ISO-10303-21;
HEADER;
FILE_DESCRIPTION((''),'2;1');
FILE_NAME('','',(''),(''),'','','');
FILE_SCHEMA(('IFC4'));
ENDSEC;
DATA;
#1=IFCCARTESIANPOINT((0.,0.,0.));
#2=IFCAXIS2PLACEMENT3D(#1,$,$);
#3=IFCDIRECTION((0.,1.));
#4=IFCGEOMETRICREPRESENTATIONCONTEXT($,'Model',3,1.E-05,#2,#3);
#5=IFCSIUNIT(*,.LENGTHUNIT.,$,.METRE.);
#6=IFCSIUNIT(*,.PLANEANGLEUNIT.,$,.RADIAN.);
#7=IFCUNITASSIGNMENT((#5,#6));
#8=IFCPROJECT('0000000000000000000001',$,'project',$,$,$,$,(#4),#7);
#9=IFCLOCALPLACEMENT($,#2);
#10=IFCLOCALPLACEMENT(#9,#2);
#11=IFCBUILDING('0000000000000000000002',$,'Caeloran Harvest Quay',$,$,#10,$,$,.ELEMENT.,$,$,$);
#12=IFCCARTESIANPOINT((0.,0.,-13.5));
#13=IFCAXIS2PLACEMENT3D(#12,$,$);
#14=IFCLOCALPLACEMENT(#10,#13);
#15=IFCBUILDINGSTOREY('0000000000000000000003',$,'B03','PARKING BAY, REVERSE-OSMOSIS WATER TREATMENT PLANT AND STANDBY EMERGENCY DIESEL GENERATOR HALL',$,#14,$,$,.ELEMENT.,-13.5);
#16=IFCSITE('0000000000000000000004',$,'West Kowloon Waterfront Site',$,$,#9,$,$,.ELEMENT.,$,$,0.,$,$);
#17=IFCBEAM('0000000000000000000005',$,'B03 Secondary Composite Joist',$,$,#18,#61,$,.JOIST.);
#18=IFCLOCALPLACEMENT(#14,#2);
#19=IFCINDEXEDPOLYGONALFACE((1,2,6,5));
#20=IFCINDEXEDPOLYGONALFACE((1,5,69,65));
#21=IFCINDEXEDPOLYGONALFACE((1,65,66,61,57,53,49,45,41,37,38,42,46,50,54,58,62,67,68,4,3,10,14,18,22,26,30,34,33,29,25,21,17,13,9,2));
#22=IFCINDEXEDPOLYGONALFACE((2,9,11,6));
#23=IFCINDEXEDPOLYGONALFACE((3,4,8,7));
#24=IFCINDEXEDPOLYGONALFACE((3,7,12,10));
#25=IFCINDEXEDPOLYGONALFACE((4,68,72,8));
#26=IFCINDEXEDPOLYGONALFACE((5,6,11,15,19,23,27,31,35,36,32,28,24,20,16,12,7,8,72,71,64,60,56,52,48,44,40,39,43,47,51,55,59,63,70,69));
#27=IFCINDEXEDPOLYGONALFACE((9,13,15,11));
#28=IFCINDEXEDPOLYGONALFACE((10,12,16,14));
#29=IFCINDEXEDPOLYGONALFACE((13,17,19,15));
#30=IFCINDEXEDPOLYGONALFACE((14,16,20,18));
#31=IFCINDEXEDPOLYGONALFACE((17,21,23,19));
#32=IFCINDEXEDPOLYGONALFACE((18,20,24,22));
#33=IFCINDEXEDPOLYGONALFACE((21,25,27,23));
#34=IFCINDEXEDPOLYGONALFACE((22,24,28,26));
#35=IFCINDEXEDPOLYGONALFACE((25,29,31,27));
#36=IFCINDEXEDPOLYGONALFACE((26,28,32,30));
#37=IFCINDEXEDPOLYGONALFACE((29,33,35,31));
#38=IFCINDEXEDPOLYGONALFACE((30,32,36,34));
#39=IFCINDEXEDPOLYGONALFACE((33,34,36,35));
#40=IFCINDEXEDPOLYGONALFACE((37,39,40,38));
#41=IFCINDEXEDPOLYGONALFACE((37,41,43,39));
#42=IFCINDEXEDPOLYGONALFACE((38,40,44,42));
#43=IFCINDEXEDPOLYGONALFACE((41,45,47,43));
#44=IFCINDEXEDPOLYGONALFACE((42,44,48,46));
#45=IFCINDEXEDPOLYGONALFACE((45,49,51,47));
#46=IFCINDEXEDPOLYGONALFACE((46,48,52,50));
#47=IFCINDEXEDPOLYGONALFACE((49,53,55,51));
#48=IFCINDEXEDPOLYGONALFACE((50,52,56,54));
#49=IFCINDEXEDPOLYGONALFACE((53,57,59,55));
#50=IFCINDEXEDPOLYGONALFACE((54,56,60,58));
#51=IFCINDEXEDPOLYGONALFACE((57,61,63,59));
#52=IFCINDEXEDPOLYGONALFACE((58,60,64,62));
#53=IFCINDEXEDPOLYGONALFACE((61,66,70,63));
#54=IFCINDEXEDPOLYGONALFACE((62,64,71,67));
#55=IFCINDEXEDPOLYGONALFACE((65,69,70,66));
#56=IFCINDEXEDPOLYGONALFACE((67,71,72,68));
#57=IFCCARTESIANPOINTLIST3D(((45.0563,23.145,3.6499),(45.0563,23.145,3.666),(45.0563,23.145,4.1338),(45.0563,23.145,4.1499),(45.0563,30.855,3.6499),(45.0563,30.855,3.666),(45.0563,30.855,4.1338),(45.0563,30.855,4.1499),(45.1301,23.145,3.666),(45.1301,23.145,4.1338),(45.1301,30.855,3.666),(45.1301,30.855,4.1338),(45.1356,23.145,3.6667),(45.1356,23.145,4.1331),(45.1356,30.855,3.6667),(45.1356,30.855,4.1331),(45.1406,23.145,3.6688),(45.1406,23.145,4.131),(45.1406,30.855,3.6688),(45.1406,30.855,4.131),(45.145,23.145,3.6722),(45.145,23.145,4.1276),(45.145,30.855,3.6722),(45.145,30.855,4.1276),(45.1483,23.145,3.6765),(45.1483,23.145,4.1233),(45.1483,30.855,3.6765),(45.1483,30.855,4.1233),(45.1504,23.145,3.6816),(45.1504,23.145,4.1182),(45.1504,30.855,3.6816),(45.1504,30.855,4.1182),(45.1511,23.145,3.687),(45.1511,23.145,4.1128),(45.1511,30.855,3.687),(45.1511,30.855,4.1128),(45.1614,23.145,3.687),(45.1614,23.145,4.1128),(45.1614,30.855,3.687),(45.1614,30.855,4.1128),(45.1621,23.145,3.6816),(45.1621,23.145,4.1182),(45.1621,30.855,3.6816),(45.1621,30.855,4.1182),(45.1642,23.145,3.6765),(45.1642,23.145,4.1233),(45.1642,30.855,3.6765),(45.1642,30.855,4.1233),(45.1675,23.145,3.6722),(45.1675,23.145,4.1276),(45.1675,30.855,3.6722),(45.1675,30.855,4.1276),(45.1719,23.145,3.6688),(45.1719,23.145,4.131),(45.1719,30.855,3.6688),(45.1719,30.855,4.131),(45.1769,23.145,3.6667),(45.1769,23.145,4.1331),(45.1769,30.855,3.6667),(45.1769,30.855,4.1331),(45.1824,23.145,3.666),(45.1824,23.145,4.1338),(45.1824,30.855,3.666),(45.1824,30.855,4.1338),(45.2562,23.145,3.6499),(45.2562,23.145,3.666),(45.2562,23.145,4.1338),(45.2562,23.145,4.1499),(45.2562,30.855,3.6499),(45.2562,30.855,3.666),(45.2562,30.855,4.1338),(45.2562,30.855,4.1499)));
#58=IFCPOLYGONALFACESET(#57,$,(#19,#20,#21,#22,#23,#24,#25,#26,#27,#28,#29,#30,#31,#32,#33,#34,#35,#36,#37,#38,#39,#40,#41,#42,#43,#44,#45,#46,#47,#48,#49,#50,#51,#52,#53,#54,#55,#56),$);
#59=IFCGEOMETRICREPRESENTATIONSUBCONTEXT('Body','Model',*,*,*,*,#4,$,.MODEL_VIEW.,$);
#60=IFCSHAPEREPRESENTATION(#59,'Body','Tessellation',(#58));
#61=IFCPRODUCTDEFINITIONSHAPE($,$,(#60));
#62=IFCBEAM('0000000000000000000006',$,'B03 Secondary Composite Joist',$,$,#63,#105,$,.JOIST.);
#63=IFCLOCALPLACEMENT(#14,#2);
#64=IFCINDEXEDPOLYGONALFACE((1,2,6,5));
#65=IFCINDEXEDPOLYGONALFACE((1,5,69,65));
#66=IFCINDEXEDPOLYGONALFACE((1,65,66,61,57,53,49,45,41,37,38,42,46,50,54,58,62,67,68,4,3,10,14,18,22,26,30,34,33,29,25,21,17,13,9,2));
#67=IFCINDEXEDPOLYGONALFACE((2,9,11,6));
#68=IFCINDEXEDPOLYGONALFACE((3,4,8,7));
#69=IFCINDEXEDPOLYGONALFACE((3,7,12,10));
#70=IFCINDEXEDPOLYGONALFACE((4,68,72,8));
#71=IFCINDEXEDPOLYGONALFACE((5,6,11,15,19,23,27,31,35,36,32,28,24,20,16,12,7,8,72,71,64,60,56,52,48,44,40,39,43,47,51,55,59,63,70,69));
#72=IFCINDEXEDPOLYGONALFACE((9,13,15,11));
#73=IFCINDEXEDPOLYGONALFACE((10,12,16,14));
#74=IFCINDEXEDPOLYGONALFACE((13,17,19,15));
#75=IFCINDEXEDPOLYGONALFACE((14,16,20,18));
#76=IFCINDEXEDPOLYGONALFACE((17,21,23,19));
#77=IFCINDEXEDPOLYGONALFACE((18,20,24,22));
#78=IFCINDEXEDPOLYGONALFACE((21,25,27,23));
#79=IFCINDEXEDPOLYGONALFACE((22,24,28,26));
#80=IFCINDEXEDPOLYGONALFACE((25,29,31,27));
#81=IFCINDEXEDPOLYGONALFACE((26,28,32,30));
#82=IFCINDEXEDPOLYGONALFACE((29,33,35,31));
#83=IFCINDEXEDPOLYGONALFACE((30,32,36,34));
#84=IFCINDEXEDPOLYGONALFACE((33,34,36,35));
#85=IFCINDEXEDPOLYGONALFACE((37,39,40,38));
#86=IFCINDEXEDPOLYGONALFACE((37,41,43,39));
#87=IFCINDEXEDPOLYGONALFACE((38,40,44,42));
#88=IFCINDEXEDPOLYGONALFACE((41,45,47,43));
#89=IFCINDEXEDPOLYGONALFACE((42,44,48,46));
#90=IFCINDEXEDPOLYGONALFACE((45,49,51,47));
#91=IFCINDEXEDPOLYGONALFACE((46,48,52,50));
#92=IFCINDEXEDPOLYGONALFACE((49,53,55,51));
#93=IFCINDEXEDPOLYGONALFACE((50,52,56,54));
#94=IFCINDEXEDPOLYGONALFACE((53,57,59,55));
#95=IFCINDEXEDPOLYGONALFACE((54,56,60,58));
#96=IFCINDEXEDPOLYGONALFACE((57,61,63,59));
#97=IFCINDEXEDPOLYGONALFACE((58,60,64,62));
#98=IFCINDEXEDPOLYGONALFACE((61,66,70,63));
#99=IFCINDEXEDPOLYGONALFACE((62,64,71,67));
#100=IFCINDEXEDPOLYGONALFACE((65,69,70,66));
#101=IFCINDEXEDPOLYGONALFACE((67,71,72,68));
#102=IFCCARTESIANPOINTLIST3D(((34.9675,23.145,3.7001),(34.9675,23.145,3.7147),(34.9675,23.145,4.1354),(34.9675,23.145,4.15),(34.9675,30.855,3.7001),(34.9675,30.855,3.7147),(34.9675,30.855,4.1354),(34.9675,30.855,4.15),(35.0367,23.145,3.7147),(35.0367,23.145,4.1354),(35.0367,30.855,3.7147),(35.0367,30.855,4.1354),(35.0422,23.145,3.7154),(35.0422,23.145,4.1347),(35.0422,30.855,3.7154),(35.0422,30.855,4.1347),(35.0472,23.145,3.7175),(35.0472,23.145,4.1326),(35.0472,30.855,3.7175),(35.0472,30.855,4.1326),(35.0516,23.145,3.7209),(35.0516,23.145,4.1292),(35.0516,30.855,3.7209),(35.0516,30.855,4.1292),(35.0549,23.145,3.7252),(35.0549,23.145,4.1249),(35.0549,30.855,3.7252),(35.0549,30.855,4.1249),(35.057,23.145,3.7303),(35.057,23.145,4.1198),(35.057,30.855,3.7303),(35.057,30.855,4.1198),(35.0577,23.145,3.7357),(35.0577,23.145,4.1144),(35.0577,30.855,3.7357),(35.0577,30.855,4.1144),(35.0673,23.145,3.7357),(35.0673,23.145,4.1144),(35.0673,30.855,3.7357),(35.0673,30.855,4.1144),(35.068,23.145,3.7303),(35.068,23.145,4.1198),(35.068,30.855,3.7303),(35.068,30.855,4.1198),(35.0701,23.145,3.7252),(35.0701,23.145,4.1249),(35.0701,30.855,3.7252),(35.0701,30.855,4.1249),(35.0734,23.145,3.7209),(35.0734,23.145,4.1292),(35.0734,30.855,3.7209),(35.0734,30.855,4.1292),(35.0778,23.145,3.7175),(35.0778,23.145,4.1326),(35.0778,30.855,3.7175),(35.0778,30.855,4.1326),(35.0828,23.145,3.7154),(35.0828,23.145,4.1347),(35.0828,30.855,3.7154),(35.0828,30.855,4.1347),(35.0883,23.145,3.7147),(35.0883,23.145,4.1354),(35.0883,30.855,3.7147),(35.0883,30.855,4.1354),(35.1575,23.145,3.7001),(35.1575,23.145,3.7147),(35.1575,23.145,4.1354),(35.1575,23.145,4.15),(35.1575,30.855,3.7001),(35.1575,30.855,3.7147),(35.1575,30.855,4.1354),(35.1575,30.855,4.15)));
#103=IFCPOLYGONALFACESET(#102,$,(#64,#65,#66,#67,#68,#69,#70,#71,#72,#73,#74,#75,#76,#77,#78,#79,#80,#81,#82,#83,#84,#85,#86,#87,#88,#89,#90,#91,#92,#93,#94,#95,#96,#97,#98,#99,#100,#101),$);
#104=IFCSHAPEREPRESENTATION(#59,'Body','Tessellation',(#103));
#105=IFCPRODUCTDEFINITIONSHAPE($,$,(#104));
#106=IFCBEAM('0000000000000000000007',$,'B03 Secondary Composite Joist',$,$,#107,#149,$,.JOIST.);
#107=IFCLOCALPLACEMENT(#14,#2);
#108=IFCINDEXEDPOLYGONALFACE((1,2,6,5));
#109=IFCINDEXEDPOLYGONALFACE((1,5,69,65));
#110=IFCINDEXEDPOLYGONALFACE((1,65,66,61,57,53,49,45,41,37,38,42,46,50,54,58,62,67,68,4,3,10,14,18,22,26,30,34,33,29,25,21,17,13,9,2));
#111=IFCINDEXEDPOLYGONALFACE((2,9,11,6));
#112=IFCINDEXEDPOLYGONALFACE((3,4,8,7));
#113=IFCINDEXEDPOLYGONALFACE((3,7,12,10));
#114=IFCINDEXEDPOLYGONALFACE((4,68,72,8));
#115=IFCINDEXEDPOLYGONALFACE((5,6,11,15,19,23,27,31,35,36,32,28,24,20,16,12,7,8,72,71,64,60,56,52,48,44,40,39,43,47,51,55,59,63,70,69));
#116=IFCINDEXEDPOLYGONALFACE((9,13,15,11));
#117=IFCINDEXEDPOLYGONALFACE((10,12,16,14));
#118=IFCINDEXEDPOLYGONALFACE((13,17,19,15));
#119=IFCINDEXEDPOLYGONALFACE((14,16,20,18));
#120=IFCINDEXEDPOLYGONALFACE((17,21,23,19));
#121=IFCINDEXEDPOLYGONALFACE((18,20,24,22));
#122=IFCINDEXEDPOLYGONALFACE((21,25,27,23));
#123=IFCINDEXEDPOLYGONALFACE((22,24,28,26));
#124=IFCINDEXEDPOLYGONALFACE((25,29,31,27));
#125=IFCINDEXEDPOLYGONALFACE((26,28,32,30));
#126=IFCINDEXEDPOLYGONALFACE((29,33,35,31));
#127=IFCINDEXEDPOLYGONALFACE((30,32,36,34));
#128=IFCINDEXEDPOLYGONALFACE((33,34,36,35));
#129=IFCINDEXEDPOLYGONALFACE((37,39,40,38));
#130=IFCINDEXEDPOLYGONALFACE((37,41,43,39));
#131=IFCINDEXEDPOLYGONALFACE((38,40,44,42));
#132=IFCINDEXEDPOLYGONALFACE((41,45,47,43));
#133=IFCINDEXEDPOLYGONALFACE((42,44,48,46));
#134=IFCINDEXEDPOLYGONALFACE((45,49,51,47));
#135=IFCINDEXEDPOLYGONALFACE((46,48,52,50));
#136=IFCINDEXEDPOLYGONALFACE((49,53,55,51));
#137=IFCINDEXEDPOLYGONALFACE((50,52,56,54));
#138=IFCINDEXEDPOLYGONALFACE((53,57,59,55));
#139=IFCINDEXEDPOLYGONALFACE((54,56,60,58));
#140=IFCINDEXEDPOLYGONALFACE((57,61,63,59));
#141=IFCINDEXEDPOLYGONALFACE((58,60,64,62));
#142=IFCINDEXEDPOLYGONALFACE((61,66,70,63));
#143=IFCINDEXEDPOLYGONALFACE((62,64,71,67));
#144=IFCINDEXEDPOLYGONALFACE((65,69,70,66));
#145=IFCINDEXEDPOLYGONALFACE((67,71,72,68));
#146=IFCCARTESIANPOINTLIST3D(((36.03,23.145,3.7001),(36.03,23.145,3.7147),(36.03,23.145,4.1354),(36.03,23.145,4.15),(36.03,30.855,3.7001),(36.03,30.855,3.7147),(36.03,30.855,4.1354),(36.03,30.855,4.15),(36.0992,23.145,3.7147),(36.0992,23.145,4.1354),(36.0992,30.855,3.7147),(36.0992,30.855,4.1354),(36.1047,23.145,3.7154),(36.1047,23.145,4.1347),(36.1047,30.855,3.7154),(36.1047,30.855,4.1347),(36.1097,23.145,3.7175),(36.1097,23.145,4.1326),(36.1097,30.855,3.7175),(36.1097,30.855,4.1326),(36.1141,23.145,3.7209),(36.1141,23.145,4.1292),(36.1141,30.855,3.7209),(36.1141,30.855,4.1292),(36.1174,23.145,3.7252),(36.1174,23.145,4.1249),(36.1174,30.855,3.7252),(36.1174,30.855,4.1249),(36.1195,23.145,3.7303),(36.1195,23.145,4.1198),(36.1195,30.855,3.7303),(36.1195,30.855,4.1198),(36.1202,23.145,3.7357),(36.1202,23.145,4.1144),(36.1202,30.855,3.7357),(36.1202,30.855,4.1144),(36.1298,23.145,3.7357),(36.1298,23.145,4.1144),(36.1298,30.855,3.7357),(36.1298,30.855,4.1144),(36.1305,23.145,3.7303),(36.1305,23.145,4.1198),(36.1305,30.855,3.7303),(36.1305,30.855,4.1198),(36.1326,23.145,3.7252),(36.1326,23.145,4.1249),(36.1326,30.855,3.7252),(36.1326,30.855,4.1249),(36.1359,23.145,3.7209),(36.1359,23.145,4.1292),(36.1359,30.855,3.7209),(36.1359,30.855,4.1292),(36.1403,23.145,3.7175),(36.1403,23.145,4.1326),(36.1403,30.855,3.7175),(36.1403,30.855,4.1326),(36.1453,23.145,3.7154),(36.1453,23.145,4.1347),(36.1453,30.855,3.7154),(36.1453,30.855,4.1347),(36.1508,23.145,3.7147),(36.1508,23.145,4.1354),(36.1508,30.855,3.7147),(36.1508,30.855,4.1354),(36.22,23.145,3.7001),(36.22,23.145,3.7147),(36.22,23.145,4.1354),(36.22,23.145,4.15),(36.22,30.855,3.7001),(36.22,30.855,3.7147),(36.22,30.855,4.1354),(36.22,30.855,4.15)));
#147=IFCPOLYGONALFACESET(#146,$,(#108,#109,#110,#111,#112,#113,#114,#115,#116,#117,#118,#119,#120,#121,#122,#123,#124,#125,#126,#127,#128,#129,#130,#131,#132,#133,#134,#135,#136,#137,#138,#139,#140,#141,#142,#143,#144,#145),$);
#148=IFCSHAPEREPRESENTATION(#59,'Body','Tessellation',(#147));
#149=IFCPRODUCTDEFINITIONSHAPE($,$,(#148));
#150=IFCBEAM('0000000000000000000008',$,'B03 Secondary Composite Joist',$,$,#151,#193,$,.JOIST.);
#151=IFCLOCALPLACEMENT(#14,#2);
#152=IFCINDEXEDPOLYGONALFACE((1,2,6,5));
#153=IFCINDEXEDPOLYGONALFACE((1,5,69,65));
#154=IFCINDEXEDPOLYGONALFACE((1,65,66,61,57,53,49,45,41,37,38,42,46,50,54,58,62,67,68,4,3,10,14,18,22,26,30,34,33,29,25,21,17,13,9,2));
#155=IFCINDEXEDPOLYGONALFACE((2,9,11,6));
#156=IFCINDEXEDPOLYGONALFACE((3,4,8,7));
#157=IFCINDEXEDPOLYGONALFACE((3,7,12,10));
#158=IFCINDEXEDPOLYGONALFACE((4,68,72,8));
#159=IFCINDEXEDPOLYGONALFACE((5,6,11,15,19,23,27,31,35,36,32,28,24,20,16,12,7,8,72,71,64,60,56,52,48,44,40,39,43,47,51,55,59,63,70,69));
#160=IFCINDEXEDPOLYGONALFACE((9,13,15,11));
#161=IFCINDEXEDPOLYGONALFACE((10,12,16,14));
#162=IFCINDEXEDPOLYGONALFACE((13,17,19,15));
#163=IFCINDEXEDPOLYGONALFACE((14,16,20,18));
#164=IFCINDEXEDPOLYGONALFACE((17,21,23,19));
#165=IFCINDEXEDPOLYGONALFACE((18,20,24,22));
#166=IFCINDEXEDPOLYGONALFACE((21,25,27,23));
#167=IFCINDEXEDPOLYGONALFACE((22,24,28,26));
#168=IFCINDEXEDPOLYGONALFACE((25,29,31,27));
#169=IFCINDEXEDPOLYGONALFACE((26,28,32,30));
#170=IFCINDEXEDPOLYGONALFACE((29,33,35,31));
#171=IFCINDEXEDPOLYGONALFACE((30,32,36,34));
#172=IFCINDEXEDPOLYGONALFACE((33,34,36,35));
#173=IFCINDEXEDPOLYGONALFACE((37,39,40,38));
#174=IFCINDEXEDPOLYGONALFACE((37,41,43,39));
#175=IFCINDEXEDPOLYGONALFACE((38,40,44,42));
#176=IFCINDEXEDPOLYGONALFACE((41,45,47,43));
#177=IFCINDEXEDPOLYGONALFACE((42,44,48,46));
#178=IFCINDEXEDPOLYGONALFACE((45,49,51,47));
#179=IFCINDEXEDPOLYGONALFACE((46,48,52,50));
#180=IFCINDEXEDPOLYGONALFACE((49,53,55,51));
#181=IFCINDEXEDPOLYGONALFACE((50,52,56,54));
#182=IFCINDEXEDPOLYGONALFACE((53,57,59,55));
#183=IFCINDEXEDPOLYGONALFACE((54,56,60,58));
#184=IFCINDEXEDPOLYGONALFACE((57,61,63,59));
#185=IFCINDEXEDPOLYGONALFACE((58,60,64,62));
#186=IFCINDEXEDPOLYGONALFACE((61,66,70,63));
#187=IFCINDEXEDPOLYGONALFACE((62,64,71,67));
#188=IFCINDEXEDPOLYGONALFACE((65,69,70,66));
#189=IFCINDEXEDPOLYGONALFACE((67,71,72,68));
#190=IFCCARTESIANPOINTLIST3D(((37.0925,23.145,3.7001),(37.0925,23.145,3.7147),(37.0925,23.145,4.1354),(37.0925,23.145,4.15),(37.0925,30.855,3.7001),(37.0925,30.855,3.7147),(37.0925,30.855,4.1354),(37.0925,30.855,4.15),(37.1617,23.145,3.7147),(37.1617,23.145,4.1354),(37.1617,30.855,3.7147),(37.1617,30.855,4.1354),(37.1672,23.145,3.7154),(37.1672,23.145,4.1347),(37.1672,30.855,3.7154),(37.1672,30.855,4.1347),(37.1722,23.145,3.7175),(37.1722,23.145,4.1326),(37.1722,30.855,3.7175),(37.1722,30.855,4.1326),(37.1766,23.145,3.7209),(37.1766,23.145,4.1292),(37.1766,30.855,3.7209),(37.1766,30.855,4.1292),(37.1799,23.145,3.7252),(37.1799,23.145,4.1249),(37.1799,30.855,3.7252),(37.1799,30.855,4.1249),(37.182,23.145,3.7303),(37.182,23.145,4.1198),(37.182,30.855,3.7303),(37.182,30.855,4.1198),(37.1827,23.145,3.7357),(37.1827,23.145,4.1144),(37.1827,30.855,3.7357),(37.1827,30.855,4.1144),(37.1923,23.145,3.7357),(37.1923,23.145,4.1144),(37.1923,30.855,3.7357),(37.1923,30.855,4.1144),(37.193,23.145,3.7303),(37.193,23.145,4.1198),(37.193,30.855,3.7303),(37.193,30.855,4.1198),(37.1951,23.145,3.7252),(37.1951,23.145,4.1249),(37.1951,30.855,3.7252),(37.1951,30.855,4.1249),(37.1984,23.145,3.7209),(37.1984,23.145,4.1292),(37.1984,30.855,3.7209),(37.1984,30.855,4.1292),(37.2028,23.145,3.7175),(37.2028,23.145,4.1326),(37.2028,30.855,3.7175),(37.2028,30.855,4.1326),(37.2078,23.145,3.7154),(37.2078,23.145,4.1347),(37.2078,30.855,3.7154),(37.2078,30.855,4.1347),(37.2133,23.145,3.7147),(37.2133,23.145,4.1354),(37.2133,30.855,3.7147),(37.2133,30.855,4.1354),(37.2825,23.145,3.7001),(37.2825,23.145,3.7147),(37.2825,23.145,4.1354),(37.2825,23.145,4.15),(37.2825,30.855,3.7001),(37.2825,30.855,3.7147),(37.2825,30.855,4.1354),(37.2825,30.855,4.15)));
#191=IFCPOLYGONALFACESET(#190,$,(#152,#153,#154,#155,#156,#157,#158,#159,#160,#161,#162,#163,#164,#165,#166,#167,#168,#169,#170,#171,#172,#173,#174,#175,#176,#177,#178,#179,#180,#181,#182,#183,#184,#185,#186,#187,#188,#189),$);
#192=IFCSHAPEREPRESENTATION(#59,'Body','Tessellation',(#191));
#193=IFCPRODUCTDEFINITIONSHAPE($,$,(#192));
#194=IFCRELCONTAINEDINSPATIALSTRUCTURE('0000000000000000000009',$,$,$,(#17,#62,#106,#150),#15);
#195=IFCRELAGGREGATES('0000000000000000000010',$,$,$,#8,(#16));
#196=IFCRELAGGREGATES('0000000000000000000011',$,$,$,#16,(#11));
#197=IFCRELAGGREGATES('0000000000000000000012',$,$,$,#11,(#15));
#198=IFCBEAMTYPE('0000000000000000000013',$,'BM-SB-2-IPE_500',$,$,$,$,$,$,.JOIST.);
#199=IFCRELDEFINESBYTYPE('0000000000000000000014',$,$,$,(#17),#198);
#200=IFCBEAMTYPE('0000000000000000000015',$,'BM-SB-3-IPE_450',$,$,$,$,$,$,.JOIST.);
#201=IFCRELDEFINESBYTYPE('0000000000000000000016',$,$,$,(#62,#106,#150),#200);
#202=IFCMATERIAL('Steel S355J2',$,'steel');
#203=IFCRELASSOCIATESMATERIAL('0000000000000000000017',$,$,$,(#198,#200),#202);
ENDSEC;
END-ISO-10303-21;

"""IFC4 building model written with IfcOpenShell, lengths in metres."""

from ifc_helpers import new_model, si_unit, direction, frame, origin, origin_2d, place, context, subcontext, project, spatial, i_section, extrude, material, material_profile, profile_set, type_object, element, save


model = new_model("IFC4")

# Units and contexts
model_context = context("Model", 3, precision=1e-05, world=origin(), true_north=direction((0.0, 1.0)))
body_context = subcontext(model_context, "Body", "Model", "MODEL_VIEW")
ifc_project = project(units=[si_unit("LENGTHUNIT", "METRE"), si_unit("PLANEANGLEUNIT", "RADIAN")], contexts=[model_context])

# Site, building, storey
site_placement = place(None, origin())
site = spatial("IfcSite", under=ifc_project, at=site_placement, Name="West Kowloon Waterfront Site", CompositionType="ELEMENT", RefElevation=0.0)
building_placement = place(site_placement, origin())
building = spatial("IfcBuilding", under=site, at=building_placement, Name="Caeloran Harvest Quay", CompositionType="ELEMENT")
storey_placement = place(building_placement, frame((0.0, 0.0, -13.5)))
storey = spatial("IfcBuildingStorey", under=building, at=storey_placement, Name="B03", Description="PARKING BAY, REVERSE-OSMOSIS WATER TREATMENT PLANT AND STANDBY EMERGENCY DIESEL GENERATOR HALL", CompositionType="ELEMENT", Elevation=-13.5)

# Beams
ifc_material_1 = material(Name="Steel S355J2", Category="steel")
ifc_material_profile_1 = material_profile(ifc_material_1, i_section(OverallWidth=0.2, OverallDepth=0.5, WebThickness=0.0103, FlangeThickness=0.0161, FilletRadius=0.021, at=origin_2d()), Name="IPE 500")
ifc_profile_set_1 = profile_set([ifc_material_profile_1], Name="Steel S355J2")
beam_type_1 = type_object("IfcBeamType", Name="BM-SB-2-IPE_500", PredefinedType="JOIST", material=ifc_profile_set_1)
for number, where, z_axis, x_axis, name in (
    (1, (45.1562, 23.145, 3.8999), (0.0, 1.0, 0.0), (-1.0, 0.0, 0.0), "B03 Secondary Composite Joist"),
):
    element("IfcBeam", number, at=place(storey_placement, frame(where, z_axis=z_axis, x_axis=x_axis)), inside=storey, type_object=beam_type_1, Name=name, PredefinedType="JOIST", context=body_context, shape_type="SweptSolid", body=[
        extrude(i_section(OverallWidth=0.2, OverallDepth=0.5, WebThickness=0.0103, FlangeThickness=0.0161, FilletRadius=0.021, at=origin_2d()), origin(), (0.0, 0.0, 1.0), 7.71),
    ])
ifc_material_profile_2 = material_profile(ifc_material_1, i_section(OverallWidth=0.1899, OverallDepth=0.45, WebThickness=0.0095, FlangeThickness=0.0146, FilletRadius=0.021, at=origin_2d()), Name="IPE 450")
ifc_profile_set_2 = profile_set([ifc_material_profile_2], Name="Steel S355J2")
beam_type_2 = type_object("IfcBeamType", Name="BM-SB-3-IPE_450", PredefinedType="JOIST", material=ifc_profile_set_2)
for number, where, z_axis, x_axis, name in (
    (2, (35.0625, 23.145, 3.925), (0.0, 1.0, 0.0), (-1.0, 0.0, 0.0), "B03 Secondary Composite Joist"),
    (3, (36.125, 23.145, 3.925), (0.0, 1.0, 0.0), (-1.0, 0.0, 0.0), "B03 Secondary Composite Joist"),
    (4, (37.1875, 23.145, 3.925), (0.0, 1.0, 0.0), (-1.0, 0.0, 0.0), "B03 Secondary Composite Joist"),
):
    element("IfcBeam", number, at=place(storey_placement, frame(where, z_axis=z_axis, x_axis=x_axis)), inside=storey, type_object=beam_type_2, Name=name, PredefinedType="JOIST", context=body_context, shape_type="SweptSolid", body=[
        extrude(i_section(OverallWidth=0.1899, OverallDepth=0.45, WebThickness=0.0095, FlangeThickness=0.0146, FilletRadius=0.021, at=origin_2d()), origin(), (0.0, 0.0, 1.0), 7.71),
    ])

save(model, "model.ifc")
